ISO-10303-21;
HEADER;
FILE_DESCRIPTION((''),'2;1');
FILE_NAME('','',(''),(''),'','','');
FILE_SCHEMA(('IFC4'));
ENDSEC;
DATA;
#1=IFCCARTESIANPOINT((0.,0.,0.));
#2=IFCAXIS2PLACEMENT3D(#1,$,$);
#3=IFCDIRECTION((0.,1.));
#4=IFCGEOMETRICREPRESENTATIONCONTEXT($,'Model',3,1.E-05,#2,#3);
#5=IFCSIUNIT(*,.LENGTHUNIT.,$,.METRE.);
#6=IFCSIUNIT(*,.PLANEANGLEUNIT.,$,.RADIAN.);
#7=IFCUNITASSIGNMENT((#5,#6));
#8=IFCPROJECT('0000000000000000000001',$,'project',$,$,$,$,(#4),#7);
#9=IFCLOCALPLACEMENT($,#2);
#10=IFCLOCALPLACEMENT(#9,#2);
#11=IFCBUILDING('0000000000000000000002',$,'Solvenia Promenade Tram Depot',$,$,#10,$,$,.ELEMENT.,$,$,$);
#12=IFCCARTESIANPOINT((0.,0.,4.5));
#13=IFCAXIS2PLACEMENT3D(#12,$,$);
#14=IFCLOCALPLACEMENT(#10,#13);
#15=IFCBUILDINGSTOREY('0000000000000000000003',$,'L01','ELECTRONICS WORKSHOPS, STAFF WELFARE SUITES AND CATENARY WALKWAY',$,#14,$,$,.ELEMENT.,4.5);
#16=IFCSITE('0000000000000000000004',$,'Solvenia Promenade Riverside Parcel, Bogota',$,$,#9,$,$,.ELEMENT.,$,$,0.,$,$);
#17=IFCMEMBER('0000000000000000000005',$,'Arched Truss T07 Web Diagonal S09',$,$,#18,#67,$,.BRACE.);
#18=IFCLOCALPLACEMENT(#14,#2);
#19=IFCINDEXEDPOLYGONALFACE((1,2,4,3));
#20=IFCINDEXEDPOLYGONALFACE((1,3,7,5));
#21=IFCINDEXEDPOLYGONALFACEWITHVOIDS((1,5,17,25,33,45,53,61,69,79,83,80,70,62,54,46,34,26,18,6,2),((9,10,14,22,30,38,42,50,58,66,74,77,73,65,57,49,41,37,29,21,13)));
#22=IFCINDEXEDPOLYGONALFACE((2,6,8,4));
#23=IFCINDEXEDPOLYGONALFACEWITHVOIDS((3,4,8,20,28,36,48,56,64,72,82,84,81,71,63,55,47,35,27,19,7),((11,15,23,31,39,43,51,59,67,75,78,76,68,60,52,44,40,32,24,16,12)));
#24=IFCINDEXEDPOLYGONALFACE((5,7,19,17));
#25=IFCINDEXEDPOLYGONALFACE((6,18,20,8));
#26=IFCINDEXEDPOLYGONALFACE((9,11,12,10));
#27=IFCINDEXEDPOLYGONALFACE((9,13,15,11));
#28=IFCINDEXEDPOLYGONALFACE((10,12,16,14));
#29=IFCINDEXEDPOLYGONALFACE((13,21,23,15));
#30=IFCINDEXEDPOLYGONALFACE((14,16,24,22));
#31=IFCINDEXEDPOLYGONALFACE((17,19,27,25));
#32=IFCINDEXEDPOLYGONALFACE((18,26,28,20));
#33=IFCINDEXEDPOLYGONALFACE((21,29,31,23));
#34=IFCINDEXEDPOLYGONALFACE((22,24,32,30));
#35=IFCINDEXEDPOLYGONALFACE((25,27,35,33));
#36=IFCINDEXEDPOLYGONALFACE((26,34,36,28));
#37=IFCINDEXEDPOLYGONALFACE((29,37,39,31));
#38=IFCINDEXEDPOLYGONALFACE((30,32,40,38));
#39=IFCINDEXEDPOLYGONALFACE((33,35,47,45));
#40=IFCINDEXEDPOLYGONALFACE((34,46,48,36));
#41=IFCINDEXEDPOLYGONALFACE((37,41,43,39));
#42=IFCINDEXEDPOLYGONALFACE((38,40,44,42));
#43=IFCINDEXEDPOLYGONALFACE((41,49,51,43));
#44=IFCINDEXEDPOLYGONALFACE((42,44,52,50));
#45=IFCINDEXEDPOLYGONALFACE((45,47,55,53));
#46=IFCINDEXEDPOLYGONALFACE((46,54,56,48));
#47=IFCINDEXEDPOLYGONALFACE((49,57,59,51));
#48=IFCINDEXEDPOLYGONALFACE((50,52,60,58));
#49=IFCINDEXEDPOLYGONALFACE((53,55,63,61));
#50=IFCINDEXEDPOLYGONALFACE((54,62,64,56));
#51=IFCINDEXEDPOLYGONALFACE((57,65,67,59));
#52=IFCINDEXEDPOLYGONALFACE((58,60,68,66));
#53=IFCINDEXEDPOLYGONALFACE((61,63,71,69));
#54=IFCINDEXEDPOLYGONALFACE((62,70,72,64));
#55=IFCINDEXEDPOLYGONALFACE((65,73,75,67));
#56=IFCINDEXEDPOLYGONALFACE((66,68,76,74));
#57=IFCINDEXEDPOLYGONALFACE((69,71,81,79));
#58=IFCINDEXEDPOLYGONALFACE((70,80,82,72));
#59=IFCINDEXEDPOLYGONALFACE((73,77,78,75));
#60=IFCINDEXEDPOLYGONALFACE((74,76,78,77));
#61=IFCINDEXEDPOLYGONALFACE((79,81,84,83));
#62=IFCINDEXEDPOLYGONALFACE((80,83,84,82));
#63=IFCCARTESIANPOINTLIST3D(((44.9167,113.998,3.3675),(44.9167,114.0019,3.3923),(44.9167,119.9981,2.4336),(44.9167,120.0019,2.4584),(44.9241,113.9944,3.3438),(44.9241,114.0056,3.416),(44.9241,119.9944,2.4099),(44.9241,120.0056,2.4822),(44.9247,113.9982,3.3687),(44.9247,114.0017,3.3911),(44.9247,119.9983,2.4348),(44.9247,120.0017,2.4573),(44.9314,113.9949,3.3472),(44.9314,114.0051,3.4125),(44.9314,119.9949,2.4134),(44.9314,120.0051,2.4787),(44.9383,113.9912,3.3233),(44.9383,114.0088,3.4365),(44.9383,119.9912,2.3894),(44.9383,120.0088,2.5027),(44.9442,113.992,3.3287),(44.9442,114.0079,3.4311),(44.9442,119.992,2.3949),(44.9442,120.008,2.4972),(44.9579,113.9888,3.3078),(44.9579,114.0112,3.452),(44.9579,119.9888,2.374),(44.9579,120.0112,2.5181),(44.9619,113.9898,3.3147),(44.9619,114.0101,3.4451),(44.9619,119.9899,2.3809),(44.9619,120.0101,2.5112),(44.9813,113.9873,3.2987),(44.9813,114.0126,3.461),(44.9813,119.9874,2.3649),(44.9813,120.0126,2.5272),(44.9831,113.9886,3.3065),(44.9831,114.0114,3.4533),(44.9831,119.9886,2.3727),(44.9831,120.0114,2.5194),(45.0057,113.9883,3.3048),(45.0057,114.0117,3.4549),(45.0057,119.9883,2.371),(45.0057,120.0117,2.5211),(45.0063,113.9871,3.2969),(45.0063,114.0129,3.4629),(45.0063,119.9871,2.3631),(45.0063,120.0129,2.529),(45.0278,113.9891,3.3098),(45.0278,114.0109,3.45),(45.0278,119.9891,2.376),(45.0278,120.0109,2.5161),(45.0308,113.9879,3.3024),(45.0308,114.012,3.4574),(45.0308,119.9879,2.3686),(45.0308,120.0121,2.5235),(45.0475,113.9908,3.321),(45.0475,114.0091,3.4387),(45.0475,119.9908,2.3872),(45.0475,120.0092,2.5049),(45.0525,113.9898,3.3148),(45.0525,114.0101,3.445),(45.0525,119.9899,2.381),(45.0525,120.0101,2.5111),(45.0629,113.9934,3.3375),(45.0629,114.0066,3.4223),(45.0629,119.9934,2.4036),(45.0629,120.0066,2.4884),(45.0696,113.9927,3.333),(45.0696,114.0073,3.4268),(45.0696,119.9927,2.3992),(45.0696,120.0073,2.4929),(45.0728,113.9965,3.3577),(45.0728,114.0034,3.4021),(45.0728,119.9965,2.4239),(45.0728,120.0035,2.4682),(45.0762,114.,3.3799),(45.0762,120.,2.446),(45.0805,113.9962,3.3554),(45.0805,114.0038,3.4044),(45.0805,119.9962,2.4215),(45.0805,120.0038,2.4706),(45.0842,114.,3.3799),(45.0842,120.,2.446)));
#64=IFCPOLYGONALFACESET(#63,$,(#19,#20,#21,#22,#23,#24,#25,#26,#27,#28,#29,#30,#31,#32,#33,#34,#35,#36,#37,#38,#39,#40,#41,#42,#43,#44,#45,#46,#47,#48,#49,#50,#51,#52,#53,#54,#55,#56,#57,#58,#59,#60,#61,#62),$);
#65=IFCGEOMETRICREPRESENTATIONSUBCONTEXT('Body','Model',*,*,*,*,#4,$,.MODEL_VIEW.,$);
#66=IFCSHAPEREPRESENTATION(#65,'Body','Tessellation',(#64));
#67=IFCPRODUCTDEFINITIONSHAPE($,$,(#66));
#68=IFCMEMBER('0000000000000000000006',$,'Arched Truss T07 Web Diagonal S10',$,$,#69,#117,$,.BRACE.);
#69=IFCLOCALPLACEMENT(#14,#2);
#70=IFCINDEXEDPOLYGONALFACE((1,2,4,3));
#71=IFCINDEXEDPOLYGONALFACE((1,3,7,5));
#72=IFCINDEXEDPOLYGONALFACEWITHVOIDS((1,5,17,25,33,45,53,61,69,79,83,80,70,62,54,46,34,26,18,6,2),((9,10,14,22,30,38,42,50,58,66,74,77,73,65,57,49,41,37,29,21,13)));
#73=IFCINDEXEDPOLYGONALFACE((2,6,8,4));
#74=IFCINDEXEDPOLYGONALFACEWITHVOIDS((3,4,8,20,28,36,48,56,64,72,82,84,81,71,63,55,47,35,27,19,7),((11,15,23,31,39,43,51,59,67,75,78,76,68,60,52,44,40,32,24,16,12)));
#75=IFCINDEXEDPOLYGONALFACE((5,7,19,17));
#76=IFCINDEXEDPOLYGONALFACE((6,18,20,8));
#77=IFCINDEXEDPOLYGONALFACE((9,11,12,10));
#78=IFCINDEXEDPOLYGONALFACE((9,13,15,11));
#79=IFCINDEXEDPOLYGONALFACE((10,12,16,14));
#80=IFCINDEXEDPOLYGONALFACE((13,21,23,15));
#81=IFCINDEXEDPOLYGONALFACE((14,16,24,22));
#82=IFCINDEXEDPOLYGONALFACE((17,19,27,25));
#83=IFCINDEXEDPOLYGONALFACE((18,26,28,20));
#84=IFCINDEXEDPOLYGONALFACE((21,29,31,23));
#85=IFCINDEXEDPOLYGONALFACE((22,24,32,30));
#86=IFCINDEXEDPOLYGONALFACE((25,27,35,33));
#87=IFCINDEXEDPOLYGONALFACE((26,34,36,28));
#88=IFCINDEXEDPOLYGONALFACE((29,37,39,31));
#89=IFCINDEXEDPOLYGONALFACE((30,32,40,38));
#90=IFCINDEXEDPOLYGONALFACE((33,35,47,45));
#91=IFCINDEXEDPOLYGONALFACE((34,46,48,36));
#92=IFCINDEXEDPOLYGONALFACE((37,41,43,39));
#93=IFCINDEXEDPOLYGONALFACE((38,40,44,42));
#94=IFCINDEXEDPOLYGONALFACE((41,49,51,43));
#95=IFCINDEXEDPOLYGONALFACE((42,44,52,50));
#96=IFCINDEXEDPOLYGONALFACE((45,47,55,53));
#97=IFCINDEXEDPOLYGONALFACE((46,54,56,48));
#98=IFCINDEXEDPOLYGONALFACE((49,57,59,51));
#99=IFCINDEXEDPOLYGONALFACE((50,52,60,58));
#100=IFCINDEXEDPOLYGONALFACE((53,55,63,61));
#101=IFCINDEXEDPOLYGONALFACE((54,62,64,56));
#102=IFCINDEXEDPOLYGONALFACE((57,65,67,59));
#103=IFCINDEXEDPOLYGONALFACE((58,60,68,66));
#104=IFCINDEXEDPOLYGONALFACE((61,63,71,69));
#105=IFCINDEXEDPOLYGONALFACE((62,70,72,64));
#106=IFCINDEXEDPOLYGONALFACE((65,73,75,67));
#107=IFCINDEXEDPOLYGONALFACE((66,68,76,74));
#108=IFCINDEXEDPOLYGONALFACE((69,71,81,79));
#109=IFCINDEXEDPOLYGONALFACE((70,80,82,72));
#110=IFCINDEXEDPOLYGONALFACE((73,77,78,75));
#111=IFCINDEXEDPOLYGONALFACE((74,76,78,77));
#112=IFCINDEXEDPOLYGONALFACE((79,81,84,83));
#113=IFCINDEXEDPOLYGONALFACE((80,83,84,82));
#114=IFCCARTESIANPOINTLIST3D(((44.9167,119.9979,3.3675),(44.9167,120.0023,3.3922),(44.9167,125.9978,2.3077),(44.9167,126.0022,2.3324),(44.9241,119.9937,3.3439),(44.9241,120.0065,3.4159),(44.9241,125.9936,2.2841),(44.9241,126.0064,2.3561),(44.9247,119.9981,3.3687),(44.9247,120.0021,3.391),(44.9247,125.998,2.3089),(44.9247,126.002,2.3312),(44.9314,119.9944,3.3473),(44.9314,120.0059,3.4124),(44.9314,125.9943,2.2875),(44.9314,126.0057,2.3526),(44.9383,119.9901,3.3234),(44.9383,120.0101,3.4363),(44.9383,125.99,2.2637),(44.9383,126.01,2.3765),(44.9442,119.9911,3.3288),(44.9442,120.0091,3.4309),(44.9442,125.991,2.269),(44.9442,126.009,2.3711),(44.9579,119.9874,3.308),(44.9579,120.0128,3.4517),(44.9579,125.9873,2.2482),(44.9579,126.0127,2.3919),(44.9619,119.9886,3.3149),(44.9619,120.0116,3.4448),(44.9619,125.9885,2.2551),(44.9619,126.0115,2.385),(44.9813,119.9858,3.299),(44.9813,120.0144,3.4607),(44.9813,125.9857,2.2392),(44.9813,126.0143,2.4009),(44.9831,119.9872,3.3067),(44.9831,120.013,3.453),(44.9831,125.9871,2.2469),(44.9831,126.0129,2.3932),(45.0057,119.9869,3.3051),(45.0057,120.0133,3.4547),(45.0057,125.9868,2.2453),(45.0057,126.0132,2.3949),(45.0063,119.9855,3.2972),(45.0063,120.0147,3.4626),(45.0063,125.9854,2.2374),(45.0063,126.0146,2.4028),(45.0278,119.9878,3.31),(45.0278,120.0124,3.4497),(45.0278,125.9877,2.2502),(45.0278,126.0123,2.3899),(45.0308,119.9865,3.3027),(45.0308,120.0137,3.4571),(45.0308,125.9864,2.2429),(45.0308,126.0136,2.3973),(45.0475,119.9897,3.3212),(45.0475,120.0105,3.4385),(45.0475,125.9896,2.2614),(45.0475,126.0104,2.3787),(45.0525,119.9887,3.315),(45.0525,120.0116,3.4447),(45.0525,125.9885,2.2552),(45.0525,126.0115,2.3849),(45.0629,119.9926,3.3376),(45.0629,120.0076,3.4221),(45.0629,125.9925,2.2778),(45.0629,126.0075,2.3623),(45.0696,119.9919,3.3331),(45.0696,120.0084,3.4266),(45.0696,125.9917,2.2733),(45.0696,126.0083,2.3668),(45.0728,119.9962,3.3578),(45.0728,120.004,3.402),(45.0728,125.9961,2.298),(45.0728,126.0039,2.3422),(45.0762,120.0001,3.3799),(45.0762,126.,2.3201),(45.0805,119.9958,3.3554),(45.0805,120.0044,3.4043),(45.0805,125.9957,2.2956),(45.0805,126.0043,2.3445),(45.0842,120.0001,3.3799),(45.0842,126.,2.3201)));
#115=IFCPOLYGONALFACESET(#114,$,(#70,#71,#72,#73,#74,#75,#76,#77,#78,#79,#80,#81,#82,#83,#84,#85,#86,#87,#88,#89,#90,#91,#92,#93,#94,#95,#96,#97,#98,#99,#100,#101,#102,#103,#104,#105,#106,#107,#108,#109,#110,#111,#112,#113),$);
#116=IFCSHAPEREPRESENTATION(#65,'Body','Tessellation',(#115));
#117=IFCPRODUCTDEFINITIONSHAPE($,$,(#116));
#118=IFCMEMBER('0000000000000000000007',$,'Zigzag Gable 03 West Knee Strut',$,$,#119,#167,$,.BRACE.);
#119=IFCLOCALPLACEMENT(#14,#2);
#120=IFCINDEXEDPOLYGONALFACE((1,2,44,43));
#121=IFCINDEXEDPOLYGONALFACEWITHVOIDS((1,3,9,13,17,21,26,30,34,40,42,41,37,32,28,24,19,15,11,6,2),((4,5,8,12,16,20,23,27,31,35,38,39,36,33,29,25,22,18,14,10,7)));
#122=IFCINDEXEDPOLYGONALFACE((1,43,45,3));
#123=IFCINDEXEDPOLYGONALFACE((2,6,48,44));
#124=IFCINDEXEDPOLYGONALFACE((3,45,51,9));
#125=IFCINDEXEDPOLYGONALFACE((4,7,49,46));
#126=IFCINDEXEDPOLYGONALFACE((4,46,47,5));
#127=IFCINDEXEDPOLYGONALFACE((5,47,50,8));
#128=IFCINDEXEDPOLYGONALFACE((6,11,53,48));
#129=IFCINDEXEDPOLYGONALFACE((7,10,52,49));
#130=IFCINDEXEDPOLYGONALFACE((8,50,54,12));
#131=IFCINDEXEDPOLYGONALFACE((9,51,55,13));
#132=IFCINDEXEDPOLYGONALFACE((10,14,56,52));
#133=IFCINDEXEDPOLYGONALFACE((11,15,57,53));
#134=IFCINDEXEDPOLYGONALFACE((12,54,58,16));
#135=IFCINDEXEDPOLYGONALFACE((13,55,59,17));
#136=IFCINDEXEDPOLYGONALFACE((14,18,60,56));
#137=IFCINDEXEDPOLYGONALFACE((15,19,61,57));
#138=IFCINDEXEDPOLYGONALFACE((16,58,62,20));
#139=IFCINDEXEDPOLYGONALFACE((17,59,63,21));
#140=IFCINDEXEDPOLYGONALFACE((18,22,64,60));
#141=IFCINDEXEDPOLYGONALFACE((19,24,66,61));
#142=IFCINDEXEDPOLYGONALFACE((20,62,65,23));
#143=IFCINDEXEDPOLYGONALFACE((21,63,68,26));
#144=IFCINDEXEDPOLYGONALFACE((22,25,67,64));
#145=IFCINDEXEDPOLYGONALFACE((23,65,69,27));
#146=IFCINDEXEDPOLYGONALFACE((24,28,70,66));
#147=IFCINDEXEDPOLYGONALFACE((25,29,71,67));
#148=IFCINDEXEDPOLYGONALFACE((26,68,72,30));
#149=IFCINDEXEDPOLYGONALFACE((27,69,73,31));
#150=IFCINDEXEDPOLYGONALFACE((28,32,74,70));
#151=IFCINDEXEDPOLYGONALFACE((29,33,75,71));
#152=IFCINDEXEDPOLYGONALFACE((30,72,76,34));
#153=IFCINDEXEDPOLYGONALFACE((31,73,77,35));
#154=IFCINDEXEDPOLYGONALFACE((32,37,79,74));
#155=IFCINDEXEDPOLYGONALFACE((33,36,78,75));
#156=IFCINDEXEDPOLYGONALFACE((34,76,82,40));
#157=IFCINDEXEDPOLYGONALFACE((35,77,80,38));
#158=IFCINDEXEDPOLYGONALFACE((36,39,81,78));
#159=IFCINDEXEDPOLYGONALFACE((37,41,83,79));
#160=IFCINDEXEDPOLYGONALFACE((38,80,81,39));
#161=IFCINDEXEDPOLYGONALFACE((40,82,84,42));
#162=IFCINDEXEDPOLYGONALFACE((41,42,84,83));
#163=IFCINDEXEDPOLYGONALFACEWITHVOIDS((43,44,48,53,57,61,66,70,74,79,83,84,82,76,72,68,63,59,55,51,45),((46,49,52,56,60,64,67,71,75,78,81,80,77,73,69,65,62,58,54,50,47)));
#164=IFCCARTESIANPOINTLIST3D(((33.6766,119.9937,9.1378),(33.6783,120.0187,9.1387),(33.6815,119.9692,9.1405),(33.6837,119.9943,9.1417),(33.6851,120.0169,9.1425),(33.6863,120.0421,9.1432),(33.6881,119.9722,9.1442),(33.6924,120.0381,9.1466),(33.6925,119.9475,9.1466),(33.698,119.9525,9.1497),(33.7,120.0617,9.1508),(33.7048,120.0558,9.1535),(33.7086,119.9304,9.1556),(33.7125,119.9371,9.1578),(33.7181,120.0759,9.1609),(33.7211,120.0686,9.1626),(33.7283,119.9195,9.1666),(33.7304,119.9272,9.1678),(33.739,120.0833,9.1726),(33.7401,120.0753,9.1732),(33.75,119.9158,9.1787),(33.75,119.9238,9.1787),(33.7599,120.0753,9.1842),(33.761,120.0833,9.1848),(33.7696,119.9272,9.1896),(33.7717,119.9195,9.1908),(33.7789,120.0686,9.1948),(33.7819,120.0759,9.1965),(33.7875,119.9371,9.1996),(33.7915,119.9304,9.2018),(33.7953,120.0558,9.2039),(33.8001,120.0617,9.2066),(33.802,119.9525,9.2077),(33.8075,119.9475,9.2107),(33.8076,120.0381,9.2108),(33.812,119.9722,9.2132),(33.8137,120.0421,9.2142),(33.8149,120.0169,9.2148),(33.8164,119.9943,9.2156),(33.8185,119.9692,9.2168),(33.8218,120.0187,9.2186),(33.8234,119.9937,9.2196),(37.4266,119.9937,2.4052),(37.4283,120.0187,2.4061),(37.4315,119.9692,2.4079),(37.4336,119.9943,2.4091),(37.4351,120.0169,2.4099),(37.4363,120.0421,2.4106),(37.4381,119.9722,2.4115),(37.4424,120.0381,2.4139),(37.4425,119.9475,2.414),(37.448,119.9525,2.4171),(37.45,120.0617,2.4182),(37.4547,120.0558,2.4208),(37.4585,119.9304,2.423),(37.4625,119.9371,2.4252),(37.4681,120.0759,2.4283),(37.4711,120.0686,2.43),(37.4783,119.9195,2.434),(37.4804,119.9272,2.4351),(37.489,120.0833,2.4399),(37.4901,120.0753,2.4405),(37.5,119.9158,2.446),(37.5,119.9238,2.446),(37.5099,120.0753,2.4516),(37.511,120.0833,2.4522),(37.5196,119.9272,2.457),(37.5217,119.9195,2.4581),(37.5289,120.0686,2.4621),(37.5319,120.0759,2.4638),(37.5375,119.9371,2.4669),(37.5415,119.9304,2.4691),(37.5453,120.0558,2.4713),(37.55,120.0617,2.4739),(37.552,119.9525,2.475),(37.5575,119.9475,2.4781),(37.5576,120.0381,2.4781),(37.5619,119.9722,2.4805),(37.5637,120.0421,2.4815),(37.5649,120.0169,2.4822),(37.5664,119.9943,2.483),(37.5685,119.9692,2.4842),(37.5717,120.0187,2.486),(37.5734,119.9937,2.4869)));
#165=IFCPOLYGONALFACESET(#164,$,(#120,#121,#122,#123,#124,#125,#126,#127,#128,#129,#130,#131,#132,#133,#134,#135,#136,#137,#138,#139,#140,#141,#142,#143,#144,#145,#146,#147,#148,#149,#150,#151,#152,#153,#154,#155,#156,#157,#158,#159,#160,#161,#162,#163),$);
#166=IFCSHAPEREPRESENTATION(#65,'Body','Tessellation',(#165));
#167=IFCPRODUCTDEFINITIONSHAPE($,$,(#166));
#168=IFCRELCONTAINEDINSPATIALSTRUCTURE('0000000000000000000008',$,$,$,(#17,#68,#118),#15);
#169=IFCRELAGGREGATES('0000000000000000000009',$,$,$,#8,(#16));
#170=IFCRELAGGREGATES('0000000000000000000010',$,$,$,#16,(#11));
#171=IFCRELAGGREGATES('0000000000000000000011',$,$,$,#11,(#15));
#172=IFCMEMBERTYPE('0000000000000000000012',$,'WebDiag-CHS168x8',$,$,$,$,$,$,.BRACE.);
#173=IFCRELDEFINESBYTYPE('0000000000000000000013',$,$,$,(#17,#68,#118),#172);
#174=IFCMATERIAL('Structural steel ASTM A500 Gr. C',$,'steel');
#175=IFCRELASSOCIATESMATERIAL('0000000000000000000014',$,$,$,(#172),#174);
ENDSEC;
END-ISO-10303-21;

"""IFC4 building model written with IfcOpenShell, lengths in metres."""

from ifc_helpers import new_model, si_unit, direction, frame, origin, origin_2d, place, context, subcontext, project, spatial, hollow_circle, extrude, material, material_profile, profile_set, type_object, element, save


model = new_model("IFC4")

# Units and contexts
model_context = context("Model", 3, precision=1e-05, world=origin(), true_north=direction((0.0, 1.0)))
body_context = subcontext(model_context, "Body", "Model", "MODEL_VIEW")
ifc_project = project(units=[si_unit("LENGTHUNIT", "METRE"), si_unit("PLANEANGLEUNIT", "RADIAN")], contexts=[model_context])

# Site, building, storey
site_placement = place(None, origin())
site = spatial("IfcSite", under=ifc_project, at=site_placement, Name="Solvenia Promenade Riverside Parcel, Bogota", CompositionType="ELEMENT", RefElevation=0.0)
building_placement = place(site_placement, origin())
building = spatial("IfcBuilding", under=site, at=building_placement, Name="Solvenia Promenade Tram Depot", CompositionType="ELEMENT")
storey_placement = place(building_placement, frame((0.0, 0.0, 4.5)))
storey = spatial("IfcBuildingStorey", under=building, at=storey_placement, Name="L01", Description="ELECTRONICS WORKSHOPS, STAFF WELFARE SUITES AND CATENARY WALKWAY", CompositionType="ELEMENT", Elevation=4.5)

# Shared definitions
ifc_material_1 = material(Name="Structural steel ASTM A500 Gr. C", Category="steel")

# Members
ifc_material_profile_1 = material_profile(ifc_material_1, hollow_circle(Radius=0.0842, WallThickness=0.0081, at=origin_2d()), Name="CHS168.3x8", Category="steel")
ifc_profile_set_1 = profile_set([ifc_material_profile_1], Name="Structural steel ASTM A500 Gr. C")
member_type_1 = type_object("IfcMemberType", Name="WebDiag-CHS168x8", PredefinedType="BRACE", material=ifc_profile_set_1)
member_1_placement = place(storey_placement, frame((45.0, 120.0, 2.446), z_axis=(0.0, -0.988104, 0.153788), x_axis=(1.0, 0.0, 0.0)))
element("IfcMember", 1, at=member_1_placement, inside=storey, type_object=member_type_1, Name="Arched Truss T07 Web Diagonal S09", PredefinedType="BRACE", context=body_context, shape_type="SweptSolid", body=[
    extrude(hollow_circle(Radius=0.0842, WallThickness=0.0081, at=origin_2d()), origin(), (0.0, 0.0, 1.0), 6.0723),
])
member_2_placement = place(storey_placement, frame((45.0, 126.0, 2.3201), z_axis=(0.0, -0.984756, 0.173943), x_axis=(1.0, 0.0, 0.0)))
element("IfcMember", 2, at=member_2_placement, inside=storey, type_object=member_type_1, Name="Arched Truss T07 Web Diagonal S10", PredefinedType="BRACE", context=body_context, shape_type="SweptSolid", body=[
    extrude(hollow_circle(Radius=0.0842, WallThickness=0.0081, at=origin_2d()), origin(), (0.0, 0.0, 1.0), 6.0928),
])
for number, where, z_axis, x_axis, name in (
    (3, (37.5, 120.0, 2.446), (-0.486598, 0.0, 0.873626), (0.0, -1.0, 0.0), "Zigzag Gable 03 West Knee Strut"),
):
    element("IfcMember", number, at=place(storey_placement, frame(where, z_axis=z_axis, x_axis=x_axis)), inside=storey, type_object=member_type_1, Name=name, PredefinedType="BRACE", context=body_context, shape_type="SweptSolid", body=[
        extrude(hollow_circle(Radius=0.0842, WallThickness=0.0081, at=origin_2d()), origin(), (0.0, 0.0, 1.0), 7.7065),
    ])

save(model, "model.ifc")
